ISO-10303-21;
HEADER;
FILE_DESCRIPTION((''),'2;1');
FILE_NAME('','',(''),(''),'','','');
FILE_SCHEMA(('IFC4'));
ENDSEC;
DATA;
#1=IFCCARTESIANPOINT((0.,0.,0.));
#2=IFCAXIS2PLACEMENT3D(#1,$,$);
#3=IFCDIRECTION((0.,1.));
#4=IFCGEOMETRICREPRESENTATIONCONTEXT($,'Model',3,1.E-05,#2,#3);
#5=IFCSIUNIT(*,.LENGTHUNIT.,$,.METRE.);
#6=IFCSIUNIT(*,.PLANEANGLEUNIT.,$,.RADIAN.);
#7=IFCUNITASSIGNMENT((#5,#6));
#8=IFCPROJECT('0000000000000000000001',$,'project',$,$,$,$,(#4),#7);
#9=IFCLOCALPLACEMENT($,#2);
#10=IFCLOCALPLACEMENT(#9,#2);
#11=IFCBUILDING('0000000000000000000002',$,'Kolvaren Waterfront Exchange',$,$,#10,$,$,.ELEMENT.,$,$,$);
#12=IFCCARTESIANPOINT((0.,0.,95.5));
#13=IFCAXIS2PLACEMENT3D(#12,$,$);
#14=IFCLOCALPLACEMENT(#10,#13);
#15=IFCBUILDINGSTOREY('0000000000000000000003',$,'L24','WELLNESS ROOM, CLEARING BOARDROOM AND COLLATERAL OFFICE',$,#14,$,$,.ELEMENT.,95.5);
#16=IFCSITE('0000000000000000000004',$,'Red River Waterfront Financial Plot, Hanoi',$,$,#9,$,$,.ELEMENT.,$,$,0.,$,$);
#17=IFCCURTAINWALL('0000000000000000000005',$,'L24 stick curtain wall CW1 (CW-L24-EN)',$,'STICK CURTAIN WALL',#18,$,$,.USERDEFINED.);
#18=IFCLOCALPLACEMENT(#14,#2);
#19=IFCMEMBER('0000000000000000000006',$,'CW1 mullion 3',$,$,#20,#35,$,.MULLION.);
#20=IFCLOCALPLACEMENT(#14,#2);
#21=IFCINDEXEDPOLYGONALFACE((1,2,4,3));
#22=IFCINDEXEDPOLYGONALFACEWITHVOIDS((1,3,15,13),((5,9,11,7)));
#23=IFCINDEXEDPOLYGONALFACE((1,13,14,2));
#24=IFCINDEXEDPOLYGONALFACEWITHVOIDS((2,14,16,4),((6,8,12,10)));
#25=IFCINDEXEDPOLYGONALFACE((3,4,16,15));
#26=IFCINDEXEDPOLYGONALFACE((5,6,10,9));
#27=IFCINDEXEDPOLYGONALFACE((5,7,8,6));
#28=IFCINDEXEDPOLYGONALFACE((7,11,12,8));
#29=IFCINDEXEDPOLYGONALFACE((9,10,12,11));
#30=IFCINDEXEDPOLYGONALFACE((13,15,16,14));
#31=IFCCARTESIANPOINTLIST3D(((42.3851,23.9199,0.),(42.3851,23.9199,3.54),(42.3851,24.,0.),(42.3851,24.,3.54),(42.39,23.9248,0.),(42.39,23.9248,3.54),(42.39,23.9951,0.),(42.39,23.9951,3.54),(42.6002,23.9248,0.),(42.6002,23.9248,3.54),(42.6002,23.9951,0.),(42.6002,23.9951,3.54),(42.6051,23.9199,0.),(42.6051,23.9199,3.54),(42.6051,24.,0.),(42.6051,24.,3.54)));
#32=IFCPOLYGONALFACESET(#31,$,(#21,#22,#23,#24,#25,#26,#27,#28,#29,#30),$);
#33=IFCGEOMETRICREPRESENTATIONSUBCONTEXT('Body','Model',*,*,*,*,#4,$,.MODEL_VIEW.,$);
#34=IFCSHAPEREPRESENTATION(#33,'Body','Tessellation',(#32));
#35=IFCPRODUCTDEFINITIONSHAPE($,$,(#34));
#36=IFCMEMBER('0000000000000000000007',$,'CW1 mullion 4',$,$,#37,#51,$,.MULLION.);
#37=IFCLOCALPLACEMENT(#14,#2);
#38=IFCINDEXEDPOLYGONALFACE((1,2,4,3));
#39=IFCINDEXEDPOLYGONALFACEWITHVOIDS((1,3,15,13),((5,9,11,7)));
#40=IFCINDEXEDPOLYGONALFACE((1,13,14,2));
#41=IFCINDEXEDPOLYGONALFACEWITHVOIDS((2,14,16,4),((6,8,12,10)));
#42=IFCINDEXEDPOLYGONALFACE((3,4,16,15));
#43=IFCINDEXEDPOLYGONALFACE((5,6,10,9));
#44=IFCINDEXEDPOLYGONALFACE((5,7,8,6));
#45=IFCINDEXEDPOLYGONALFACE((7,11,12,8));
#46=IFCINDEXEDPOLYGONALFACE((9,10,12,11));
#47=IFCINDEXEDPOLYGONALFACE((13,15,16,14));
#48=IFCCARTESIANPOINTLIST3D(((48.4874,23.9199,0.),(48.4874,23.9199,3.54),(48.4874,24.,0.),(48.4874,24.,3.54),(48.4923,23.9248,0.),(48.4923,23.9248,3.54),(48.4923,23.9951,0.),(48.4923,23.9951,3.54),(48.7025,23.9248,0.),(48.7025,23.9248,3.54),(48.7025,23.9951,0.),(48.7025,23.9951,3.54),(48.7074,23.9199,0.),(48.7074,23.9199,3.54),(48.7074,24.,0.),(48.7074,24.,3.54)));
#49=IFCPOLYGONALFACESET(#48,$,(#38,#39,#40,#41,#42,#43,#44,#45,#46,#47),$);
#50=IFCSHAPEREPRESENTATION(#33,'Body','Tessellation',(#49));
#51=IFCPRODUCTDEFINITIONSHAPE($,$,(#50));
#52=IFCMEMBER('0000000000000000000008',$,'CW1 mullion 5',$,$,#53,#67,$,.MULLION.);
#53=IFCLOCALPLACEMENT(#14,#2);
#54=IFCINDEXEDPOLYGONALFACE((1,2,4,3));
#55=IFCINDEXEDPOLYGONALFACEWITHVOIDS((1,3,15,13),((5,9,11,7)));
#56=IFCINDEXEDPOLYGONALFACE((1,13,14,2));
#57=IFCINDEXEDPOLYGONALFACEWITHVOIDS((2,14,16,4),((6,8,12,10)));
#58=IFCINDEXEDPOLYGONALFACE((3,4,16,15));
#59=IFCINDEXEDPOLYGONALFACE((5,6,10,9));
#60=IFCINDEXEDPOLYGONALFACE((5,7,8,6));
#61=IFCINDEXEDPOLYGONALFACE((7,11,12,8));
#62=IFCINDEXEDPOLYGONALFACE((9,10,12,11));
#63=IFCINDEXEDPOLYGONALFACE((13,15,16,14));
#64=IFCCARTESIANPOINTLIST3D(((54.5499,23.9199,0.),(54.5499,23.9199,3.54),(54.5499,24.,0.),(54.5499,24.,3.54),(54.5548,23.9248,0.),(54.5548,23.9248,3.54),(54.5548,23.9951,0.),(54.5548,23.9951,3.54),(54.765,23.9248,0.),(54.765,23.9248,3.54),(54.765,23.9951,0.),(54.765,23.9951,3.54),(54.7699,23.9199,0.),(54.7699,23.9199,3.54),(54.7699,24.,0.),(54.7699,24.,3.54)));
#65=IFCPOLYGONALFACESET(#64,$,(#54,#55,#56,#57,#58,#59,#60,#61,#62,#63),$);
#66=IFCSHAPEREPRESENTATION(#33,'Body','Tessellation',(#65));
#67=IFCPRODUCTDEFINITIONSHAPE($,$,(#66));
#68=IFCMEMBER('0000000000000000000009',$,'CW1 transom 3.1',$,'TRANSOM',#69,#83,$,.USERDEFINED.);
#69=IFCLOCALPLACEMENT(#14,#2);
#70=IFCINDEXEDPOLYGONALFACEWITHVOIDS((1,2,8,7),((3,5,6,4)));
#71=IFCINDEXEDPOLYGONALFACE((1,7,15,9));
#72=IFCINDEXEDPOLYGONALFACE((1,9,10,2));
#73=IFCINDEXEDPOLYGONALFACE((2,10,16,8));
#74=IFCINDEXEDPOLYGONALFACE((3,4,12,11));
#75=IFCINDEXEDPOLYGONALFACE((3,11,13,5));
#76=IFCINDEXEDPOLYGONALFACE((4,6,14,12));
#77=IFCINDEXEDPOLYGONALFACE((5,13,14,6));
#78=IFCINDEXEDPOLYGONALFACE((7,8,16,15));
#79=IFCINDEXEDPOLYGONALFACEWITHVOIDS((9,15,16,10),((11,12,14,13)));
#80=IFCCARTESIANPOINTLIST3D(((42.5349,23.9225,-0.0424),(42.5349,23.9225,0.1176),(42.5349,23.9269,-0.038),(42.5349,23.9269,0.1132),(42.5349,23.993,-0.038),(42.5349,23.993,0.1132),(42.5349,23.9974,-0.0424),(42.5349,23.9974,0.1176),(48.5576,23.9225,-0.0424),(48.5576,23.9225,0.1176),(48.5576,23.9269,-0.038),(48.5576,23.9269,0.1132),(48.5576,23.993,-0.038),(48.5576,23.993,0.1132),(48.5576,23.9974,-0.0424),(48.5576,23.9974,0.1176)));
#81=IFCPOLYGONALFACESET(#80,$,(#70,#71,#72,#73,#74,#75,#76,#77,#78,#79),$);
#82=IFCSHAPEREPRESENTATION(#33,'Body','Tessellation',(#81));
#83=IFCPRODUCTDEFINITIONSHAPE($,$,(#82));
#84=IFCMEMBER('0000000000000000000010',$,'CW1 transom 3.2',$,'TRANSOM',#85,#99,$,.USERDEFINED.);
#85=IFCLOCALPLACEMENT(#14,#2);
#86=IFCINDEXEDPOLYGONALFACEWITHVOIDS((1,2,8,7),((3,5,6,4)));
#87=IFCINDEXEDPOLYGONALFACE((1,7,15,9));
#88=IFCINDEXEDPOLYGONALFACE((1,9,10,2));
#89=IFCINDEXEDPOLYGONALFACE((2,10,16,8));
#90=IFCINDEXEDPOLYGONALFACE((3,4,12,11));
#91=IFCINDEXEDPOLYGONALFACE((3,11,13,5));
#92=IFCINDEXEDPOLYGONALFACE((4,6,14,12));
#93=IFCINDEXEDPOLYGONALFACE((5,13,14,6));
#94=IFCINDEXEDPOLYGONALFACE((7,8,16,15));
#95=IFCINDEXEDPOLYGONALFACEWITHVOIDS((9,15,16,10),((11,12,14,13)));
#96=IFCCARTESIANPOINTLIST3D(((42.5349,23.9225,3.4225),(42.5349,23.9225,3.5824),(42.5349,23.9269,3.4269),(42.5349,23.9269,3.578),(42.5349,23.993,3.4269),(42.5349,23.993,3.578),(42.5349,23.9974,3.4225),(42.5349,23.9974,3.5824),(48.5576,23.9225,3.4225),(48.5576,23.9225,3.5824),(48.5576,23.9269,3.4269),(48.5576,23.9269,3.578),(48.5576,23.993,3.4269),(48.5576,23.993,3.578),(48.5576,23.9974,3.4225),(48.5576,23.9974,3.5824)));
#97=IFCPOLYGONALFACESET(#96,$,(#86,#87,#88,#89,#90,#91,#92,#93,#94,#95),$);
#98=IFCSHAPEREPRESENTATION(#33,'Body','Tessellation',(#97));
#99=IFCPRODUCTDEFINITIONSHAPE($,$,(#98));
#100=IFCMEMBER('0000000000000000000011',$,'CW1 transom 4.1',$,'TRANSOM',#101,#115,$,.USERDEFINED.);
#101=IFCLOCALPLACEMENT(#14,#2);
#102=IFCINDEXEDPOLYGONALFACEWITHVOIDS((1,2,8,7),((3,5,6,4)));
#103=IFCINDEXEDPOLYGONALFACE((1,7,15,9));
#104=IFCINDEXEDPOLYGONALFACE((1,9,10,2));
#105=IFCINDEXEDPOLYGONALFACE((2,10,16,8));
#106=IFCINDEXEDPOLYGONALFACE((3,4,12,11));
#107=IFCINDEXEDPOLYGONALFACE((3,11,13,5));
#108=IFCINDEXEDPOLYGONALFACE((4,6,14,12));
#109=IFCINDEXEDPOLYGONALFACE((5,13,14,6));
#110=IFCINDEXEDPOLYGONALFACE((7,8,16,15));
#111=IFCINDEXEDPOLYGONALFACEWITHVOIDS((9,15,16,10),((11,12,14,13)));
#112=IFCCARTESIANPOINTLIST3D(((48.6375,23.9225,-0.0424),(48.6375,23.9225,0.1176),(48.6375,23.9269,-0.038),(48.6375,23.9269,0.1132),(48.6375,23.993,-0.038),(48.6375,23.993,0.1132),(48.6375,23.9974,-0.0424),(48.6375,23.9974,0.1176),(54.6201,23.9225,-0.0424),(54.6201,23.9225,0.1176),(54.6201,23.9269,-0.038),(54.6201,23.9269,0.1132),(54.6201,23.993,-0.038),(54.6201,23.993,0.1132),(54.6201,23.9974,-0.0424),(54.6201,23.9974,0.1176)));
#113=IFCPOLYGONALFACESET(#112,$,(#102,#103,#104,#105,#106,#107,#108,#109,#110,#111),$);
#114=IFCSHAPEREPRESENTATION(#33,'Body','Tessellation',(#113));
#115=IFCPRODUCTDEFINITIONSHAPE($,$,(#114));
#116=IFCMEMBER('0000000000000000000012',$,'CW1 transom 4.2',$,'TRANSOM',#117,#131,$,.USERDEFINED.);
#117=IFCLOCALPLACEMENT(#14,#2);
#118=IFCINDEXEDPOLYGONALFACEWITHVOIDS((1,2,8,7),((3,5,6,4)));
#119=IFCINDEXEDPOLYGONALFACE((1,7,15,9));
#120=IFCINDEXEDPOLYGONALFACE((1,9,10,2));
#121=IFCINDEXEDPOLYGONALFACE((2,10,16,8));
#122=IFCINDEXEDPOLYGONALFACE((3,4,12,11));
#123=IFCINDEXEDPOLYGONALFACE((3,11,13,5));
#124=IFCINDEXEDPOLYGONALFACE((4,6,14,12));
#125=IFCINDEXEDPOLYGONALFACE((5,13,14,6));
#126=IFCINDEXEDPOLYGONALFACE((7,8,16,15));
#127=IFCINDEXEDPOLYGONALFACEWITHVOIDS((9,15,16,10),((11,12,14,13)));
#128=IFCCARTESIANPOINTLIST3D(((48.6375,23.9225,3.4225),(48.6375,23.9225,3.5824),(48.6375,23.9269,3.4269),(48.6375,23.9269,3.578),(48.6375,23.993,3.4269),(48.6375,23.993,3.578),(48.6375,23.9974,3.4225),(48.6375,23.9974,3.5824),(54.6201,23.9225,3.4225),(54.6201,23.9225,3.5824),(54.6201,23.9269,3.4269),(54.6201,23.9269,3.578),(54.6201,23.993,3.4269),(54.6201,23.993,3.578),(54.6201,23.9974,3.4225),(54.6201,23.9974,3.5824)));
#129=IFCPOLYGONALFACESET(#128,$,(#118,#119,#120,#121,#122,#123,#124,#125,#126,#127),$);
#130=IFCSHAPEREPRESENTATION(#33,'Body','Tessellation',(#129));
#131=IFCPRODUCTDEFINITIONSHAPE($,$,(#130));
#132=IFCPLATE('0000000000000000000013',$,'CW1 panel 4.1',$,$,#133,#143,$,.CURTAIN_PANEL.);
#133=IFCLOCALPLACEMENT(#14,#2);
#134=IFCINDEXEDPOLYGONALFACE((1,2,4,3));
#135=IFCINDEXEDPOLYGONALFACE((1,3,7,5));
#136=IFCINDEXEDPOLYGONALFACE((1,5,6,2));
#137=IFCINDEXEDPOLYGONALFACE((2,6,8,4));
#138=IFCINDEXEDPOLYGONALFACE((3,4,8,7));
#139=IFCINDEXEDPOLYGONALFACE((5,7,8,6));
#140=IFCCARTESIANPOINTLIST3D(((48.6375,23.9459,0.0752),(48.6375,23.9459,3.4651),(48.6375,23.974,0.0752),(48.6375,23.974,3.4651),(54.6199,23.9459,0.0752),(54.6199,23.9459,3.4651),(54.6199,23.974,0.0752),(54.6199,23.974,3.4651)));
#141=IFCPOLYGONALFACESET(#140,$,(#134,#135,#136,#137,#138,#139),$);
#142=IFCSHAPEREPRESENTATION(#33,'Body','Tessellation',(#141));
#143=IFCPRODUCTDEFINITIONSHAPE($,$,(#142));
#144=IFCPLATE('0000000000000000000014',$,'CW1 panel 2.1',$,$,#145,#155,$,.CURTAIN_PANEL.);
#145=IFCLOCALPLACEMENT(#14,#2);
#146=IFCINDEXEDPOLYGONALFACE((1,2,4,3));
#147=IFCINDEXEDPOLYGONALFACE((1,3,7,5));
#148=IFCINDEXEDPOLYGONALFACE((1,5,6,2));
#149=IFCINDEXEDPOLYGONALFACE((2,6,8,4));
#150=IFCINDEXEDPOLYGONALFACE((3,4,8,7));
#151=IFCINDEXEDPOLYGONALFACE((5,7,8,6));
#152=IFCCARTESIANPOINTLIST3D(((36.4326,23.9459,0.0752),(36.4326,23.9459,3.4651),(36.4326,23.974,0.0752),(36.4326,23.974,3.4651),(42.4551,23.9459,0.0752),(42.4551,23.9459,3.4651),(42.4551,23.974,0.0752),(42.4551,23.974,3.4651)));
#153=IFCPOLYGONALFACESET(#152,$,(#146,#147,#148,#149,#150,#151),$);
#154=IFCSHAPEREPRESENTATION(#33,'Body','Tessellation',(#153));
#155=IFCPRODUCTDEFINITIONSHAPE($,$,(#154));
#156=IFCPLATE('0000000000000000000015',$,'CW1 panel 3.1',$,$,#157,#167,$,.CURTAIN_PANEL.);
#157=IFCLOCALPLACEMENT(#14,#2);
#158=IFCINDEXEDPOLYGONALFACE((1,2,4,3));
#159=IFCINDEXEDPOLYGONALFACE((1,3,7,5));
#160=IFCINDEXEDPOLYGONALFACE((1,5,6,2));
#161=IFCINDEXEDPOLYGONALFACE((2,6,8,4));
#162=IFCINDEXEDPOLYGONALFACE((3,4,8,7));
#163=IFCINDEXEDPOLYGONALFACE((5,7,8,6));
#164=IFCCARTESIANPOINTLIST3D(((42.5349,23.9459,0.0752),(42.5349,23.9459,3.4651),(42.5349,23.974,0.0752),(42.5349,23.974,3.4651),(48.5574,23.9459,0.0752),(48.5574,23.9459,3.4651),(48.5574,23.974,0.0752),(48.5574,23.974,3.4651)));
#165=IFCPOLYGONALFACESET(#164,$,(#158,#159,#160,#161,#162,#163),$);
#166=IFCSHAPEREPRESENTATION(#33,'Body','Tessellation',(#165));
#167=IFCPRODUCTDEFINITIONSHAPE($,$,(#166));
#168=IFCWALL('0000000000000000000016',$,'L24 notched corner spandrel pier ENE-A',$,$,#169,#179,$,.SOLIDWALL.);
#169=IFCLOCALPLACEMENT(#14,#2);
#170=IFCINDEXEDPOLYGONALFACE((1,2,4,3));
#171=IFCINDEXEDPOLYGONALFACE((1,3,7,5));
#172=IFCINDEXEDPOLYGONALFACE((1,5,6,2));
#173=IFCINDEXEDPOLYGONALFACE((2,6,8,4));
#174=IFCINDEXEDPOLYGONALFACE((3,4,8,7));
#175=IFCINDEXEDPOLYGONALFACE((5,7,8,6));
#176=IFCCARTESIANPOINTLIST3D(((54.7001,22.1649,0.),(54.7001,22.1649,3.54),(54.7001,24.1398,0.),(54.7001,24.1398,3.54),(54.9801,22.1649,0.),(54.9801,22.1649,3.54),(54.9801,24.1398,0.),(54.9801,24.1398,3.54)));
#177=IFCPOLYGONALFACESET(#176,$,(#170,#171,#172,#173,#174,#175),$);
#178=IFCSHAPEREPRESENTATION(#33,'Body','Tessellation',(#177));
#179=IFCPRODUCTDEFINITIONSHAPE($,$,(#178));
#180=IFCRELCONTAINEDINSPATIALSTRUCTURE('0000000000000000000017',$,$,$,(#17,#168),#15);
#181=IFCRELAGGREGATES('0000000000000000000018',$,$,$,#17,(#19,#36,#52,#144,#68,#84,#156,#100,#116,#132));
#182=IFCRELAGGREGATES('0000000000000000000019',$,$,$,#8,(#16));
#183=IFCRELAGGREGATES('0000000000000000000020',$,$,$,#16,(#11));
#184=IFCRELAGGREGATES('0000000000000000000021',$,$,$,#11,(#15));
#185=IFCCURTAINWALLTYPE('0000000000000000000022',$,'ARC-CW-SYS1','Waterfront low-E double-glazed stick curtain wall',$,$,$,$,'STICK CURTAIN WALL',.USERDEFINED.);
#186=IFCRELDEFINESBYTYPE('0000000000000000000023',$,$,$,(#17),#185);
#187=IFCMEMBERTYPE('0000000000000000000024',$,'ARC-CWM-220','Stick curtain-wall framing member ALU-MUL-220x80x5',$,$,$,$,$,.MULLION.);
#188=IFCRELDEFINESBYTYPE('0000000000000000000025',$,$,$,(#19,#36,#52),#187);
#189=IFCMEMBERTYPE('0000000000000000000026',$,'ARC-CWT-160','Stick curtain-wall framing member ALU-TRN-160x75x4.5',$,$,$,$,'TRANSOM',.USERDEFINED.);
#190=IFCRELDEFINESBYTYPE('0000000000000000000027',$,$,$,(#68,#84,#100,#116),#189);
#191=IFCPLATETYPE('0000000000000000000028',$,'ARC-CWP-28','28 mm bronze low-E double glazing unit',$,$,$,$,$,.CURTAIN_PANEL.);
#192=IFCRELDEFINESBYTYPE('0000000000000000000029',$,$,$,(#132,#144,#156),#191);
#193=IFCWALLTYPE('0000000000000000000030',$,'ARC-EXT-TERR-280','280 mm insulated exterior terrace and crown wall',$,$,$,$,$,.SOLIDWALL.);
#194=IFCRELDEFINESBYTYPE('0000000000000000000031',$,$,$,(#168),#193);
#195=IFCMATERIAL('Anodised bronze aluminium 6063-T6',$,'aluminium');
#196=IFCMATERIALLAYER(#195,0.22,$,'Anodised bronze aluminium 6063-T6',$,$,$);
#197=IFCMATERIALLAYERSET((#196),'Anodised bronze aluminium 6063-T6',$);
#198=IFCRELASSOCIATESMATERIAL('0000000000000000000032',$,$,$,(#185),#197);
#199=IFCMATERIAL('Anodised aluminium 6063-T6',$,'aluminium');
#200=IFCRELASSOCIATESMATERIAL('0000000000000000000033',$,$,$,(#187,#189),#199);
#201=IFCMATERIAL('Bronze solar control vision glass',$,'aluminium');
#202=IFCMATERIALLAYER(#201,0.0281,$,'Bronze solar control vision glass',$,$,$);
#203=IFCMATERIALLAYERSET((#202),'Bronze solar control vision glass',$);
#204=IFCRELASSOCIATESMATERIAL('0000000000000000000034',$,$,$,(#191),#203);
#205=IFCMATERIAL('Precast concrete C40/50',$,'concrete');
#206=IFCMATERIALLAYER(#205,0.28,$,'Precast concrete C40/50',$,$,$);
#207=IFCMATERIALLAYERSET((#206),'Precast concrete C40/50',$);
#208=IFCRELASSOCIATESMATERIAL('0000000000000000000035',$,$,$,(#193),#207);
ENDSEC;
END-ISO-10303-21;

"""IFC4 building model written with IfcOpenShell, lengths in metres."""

from ifc_helpers import new_model, si_unit, direction, frame, frame_2d, origin, origin_with_axes, origin_2d, place, context, subcontext, project, spatial, rectangle, hollow_rectangle, extrude, source, transform, mapped, material, layer, layer_set, material_profile, profile_set, type_object, element, aggregate, save


model = new_model("IFC4")

# Units and contexts
model_context = context("Model", 3, precision=1e-05, world=origin(), true_north=direction((0.0, 1.0)))
body_context = subcontext(model_context, "Body", "Model", "MODEL_VIEW")
ifc_project = project(units=[si_unit("LENGTHUNIT", "METRE"), si_unit("PLANEANGLEUNIT", "RADIAN")], contexts=[model_context])

# Site, building, storey
site_placement = place(None, origin())
site = spatial("IfcSite", under=ifc_project, at=site_placement, Name="Red River Waterfront Financial Plot, Hanoi", CompositionType="ELEMENT", RefElevation=0.0)
building_placement = place(site_placement, origin())
building = spatial("IfcBuilding", under=site, at=building_placement, Name="Kolvaren Waterfront Exchange", CompositionType="ELEMENT")
storey_placement = place(building_placement, frame((0.0, 0.0, 95.5)))
storey = spatial("IfcBuildingStorey", under=building, at=storey_placement, Name="L24", Description="WELLNESS ROOM, CLEARING BOARDROOM AND COLLATERAL OFFICE", CompositionType="ELEMENT", Elevation=95.5)

# Curtain wall, members, plates
ifc_material_1 = material(Name="Anodised bronze aluminium 6063-T6", Category="aluminium")
ifc_layer_1 = layer(ifc_material_1, 0.22, Name="Anodised bronze aluminium 6063-T6")
ifc_layer_set_1 = layer_set([ifc_layer_1], Name="Anodised bronze aluminium 6063-T6")
curtain_wall_type = type_object("IfcCurtainWallType", Name="ARC-CW-SYS1", Description="Waterfront low-E double-glazed stick curtain wall", ElementType="STICK CURTAIN WALL", PredefinedType="USERDEFINED", material=ifc_layer_set_1)
curtain_wall_placement = place(storey_placement, origin())
curtain_wall = element("IfcCurtainWall", 1, at=curtain_wall_placement, inside=storey, type_object=curtain_wall_type, Name="L24 stick curtain wall CW1 (CW-L24-EN)", ObjectType="STICK CURTAIN WALL", PredefinedType="USERDEFINED")
ifc_material_2 = material(Name="Anodised aluminium 6063-T6", Category="aluminium")
ifc_material_profile_1 = material_profile(ifc_material_2, hollow_rectangle(XDim=0.0801, YDim=0.22, WallThickness=0.0049, at=origin_2d()), Name="ALU-MUL-220x80x5")
ifc_profile_set_1 = profile_set([ifc_material_profile_1], Name="Anodised aluminium 6063-T6")
member_type_1 = type_object("IfcMemberType", Name="ARC-CWM-220", Description="Stick curtain-wall framing member ALU-MUL-220x80x5", PredefinedType="MULLION", material=ifc_profile_set_1)
shared_shape_1 = source(origin_with_axes(), body_context, "Body", "SweptSolid", [
    extrude(hollow_rectangle(XDim=0.0801, YDim=0.22, WallThickness=0.0049, at=origin_2d()), origin(), (0.0, 0.0, 1.0), 3.54),
])
member_1_placement = place(storey_placement, frame((42.4951, 23.96, 0.0), z_axis=(0.0, 0.0, 1.0), x_axis=(0.0, 1.0, 0.0)))
member_1 = element("IfcMember", 2, at=member_1_placement, type_object=member_type_1, Name="CW1 mullion 3", PredefinedType="MULLION", context=body_context, shape_type="MappedRepresentation", body=[
    mapped(shared_shape_1, transform((0.0, 0.0, 0.0), x_axis=(1.0, 0.0, 0.0), y_axis=(0.0, 1.0, 0.0), z_axis=(0.0, 0.0, 1.0), scale=1.0)),
])
member_2_placement = place(storey_placement, frame((48.5974, 23.96, 0.0), z_axis=(0.0, 0.0, 1.0), x_axis=(0.0, 1.0, 0.0)))
member_2 = element("IfcMember", 3, at=member_2_placement, type_object=member_type_1, Name="CW1 mullion 4", PredefinedType="MULLION", context=body_context, shape_type="MappedRepresentation", body=[
    mapped(shared_shape_1, transform((0.0, 0.0, 0.0), x_axis=(1.0, 0.0, 0.0), y_axis=(0.0, 1.0, 0.0), z_axis=(0.0, 0.0, 1.0), scale=1.0)),
])
member_3_placement = place(storey_placement, frame((54.6599, 23.96, 0.0), z_axis=(0.0, 0.0, 1.0), x_axis=(0.0, 1.0, 0.0)))
member_3 = element("IfcMember", 4, at=member_3_placement, type_object=member_type_1, Name="CW1 mullion 5", PredefinedType="MULLION", context=body_context, shape_type="MappedRepresentation", body=[
    mapped(shared_shape_1, transform((0.0, 0.0, 0.0), x_axis=(1.0, 0.0, 0.0), y_axis=(0.0, 1.0, 0.0), z_axis=(0.0, 0.0, 1.0), scale=1.0)),
])
ifc_material_profile_2 = material_profile(ifc_material_2, hollow_rectangle(XDim=0.075, YDim=0.1599, WallThickness=0.0044, at=origin_2d()), Name="ALU-TRN-160x75x4.5")
ifc_profile_set_2 = profile_set([ifc_material_profile_2], Name="Anodised aluminium 6063-T6")
member_type_2 = type_object("IfcMemberType", Name="ARC-CWT-160", Description="Stick curtain-wall framing member ALU-TRN-160x75x4.5", ElementType="TRANSOM", PredefinedType="USERDEFINED", material=ifc_profile_set_2)
shared_shape_2 = source(origin_with_axes(), body_context, "Body", "SweptSolid", [
    extrude(hollow_rectangle(XDim=0.075, YDim=0.1599, WallThickness=0.0044, at=origin_2d()), origin(), (0.0, 0.0, 1.0), 6.0227),
])
member_4_placement = place(storey_placement, frame((42.5349, 23.96, 0.0376), z_axis=(1.0, 0.0, 0.0), x_axis=(0.0, 1.0, 0.0)))
member_4 = element("IfcMember", 5, at=member_4_placement, type_object=member_type_2, Name="CW1 transom 3.1", ObjectType="TRANSOM", PredefinedType="USERDEFINED", context=body_context, shape_type="MappedRepresentation", body=[
    mapped(shared_shape_2, transform((0.0, 0.0, 0.0), x_axis=(1.0, 0.0, 0.0), y_axis=(0.0, 1.0, 0.0), z_axis=(0.0, 0.0, 1.0), scale=1.0)),
])
member_5_placement = place(storey_placement, frame((42.5349, 23.96, 3.5024), z_axis=(1.0, 0.0, 0.0), x_axis=(0.0, 1.0, 0.0)))
member_5 = element("IfcMember", 6, at=member_5_placement, type_object=member_type_2, Name="CW1 transom 3.2", ObjectType="TRANSOM", PredefinedType="USERDEFINED", context=body_context, shape_type="MappedRepresentation", body=[
    mapped(shared_shape_2, transform((0.0, 0.0, 0.0), x_axis=(1.0, 0.0, 0.0), y_axis=(0.0, 1.0, 0.0), z_axis=(0.0, 0.0, 1.0), scale=1.0)),
])
shared_shape_3 = source(origin_with_axes(), body_context, "Body", "SweptSolid", [
    extrude(hollow_rectangle(XDim=0.075, YDim=0.1599, WallThickness=0.0044, at=origin_2d()), origin(), (0.0, 0.0, 1.0), 5.9827),
])
member_6_placement = place(storey_placement, frame((48.6375, 23.96, 0.0376), z_axis=(1.0, 0.0, 0.0), x_axis=(0.0, 1.0, 0.0)))
member_6 = element("IfcMember", 7, at=member_6_placement, type_object=member_type_2, Name="CW1 transom 4.1", ObjectType="TRANSOM", PredefinedType="USERDEFINED", context=body_context, shape_type="MappedRepresentation", body=[
    mapped(shared_shape_3, transform((0.0, 0.0, 0.0), x_axis=(1.0, 0.0, 0.0), y_axis=(0.0, 1.0, 0.0), z_axis=(0.0, 0.0, 1.0), scale=1.0)),
])
member_7_placement = place(storey_placement, frame((48.6375, 23.96, 3.5024), z_axis=(1.0, 0.0, 0.0), x_axis=(0.0, 1.0, 0.0)))
member_7 = element("IfcMember", 8, at=member_7_placement, type_object=member_type_2, Name="CW1 transom 4.2", ObjectType="TRANSOM", PredefinedType="USERDEFINED", context=body_context, shape_type="MappedRepresentation", body=[
    mapped(shared_shape_3, transform((0.0, 0.0, 0.0), x_axis=(1.0, 0.0, 0.0), y_axis=(0.0, 1.0, 0.0), z_axis=(0.0, 0.0, 1.0), scale=1.0)),
])
ifc_material_3 = material(Name="Bronze solar control vision glass", Category="aluminium")
ifc_layer_2 = layer(ifc_material_3, 0.0281, Name="Bronze solar control vision glass")
ifc_layer_set_2 = layer_set([ifc_layer_2], Name="Bronze solar control vision glass")
plate_type = type_object("IfcPlateType", Name="ARC-CWP-28", Description="28 mm bronze low-E double glazing unit", PredefinedType="CURTAIN_PANEL", material=ifc_layer_set_2)
shared_shape_4 = source(origin_with_axes(), body_context, "Body", "SweptSolid", [
    extrude(rectangle(XDim=5.9824, YDim=0.0281, at=origin_2d()), origin(), (0.0, 0.0, 1.0), 3.3899),
])
plate_1_placement = place(storey_placement, frame((51.6287, 23.96, 0.0752), z_axis=(0.0, 0.0, 1.0), x_axis=(1.0, 0.0, 0.0)))
plate_1 = element("IfcPlate", 9, at=plate_1_placement, type_object=plate_type, Name="CW1 panel 4.1", PredefinedType="CURTAIN_PANEL", context=body_context, shape_type="MappedRepresentation", body=[
    mapped(shared_shape_4, transform((0.0, 0.0, 0.0), x_axis=(1.0, 0.0, 0.0), y_axis=(0.0, 1.0, 0.0), z_axis=(0.0, 0.0, 1.0), scale=1.0)),
])
shared_shape_5 = source(origin_with_axes(), body_context, "Body", "SweptSolid", [
    extrude(rectangle(XDim=6.0225, YDim=0.0281, at=origin_2d()), origin(), (0.0, 0.0, 1.0), 3.3899),
])
plate_2_placement = place(storey_placement, frame((39.4438, 23.96, 0.0752), z_axis=(0.0, 0.0, 1.0), x_axis=(1.0, 0.0, 0.0)))
plate_2 = element("IfcPlate", 10, at=plate_2_placement, type_object=plate_type, Name="CW1 panel 2.1", PredefinedType="CURTAIN_PANEL", context=body_context, shape_type="MappedRepresentation", body=[
    mapped(shared_shape_5, transform((0.0, 0.0, 0.0), x_axis=(1.0, 0.0, 0.0), y_axis=(0.0, 1.0, 0.0), z_axis=(0.0, 0.0, 1.0), scale=1.0)),
])
plate_3_placement = place(storey_placement, frame((45.5461, 23.96, 0.0752), z_axis=(0.0, 0.0, 1.0), x_axis=(1.0, 0.0, 0.0)))
plate_3 = element("IfcPlate", 11, at=plate_3_placement, type_object=plate_type, Name="CW1 panel 3.1", PredefinedType="CURTAIN_PANEL", context=body_context, shape_type="MappedRepresentation", body=[
    mapped(shared_shape_5, transform((0.0, 0.0, 0.0), x_axis=(1.0, 0.0, 0.0), y_axis=(0.0, 1.0, 0.0), z_axis=(0.0, 0.0, 1.0), scale=1.0)),
])
aggregate(curtain_wall, [member_1, member_2, member_3, plate_2, member_4, member_5, plate_3, member_6, member_7, plate_1])

# Wall
ifc_material_4 = material(Name="Precast concrete C40/50", Category="concrete")
ifc_layer_3 = layer(ifc_material_4, 0.28, Name="Precast concrete C40/50")
ifc_layer_set_3 = layer_set([ifc_layer_3], Name="Precast concrete C40/50")
wall_type_1 = type_object("IfcWallType", Name="ARC-EXT-TERR-280", Description="280 mm insulated exterior terrace and crown wall", PredefinedType="SOLIDWALL", material=ifc_layer_set_3)
wall_1_placement = place(storey_placement, frame((54.8401, 22.165, 0.0), z_axis=(0.0, 0.0, 1.0), x_axis=(0.0, 1.0, 0.0)))
element("IfcWall", 12, at=wall_1_placement, inside=storey, type_object=wall_type_1, Name="L24 notched corner spandrel pier ENE-A", PredefinedType="SOLIDWALL", context=body_context, shape_type="SweptSolid", body=[
    extrude(rectangle(XDim=1.9749, YDim=0.28, at=frame_2d((0.9873, 0.0))), origin(), (0.0, 0.0, 1.0), 3.54),
])

save(model, "model.ifc")
